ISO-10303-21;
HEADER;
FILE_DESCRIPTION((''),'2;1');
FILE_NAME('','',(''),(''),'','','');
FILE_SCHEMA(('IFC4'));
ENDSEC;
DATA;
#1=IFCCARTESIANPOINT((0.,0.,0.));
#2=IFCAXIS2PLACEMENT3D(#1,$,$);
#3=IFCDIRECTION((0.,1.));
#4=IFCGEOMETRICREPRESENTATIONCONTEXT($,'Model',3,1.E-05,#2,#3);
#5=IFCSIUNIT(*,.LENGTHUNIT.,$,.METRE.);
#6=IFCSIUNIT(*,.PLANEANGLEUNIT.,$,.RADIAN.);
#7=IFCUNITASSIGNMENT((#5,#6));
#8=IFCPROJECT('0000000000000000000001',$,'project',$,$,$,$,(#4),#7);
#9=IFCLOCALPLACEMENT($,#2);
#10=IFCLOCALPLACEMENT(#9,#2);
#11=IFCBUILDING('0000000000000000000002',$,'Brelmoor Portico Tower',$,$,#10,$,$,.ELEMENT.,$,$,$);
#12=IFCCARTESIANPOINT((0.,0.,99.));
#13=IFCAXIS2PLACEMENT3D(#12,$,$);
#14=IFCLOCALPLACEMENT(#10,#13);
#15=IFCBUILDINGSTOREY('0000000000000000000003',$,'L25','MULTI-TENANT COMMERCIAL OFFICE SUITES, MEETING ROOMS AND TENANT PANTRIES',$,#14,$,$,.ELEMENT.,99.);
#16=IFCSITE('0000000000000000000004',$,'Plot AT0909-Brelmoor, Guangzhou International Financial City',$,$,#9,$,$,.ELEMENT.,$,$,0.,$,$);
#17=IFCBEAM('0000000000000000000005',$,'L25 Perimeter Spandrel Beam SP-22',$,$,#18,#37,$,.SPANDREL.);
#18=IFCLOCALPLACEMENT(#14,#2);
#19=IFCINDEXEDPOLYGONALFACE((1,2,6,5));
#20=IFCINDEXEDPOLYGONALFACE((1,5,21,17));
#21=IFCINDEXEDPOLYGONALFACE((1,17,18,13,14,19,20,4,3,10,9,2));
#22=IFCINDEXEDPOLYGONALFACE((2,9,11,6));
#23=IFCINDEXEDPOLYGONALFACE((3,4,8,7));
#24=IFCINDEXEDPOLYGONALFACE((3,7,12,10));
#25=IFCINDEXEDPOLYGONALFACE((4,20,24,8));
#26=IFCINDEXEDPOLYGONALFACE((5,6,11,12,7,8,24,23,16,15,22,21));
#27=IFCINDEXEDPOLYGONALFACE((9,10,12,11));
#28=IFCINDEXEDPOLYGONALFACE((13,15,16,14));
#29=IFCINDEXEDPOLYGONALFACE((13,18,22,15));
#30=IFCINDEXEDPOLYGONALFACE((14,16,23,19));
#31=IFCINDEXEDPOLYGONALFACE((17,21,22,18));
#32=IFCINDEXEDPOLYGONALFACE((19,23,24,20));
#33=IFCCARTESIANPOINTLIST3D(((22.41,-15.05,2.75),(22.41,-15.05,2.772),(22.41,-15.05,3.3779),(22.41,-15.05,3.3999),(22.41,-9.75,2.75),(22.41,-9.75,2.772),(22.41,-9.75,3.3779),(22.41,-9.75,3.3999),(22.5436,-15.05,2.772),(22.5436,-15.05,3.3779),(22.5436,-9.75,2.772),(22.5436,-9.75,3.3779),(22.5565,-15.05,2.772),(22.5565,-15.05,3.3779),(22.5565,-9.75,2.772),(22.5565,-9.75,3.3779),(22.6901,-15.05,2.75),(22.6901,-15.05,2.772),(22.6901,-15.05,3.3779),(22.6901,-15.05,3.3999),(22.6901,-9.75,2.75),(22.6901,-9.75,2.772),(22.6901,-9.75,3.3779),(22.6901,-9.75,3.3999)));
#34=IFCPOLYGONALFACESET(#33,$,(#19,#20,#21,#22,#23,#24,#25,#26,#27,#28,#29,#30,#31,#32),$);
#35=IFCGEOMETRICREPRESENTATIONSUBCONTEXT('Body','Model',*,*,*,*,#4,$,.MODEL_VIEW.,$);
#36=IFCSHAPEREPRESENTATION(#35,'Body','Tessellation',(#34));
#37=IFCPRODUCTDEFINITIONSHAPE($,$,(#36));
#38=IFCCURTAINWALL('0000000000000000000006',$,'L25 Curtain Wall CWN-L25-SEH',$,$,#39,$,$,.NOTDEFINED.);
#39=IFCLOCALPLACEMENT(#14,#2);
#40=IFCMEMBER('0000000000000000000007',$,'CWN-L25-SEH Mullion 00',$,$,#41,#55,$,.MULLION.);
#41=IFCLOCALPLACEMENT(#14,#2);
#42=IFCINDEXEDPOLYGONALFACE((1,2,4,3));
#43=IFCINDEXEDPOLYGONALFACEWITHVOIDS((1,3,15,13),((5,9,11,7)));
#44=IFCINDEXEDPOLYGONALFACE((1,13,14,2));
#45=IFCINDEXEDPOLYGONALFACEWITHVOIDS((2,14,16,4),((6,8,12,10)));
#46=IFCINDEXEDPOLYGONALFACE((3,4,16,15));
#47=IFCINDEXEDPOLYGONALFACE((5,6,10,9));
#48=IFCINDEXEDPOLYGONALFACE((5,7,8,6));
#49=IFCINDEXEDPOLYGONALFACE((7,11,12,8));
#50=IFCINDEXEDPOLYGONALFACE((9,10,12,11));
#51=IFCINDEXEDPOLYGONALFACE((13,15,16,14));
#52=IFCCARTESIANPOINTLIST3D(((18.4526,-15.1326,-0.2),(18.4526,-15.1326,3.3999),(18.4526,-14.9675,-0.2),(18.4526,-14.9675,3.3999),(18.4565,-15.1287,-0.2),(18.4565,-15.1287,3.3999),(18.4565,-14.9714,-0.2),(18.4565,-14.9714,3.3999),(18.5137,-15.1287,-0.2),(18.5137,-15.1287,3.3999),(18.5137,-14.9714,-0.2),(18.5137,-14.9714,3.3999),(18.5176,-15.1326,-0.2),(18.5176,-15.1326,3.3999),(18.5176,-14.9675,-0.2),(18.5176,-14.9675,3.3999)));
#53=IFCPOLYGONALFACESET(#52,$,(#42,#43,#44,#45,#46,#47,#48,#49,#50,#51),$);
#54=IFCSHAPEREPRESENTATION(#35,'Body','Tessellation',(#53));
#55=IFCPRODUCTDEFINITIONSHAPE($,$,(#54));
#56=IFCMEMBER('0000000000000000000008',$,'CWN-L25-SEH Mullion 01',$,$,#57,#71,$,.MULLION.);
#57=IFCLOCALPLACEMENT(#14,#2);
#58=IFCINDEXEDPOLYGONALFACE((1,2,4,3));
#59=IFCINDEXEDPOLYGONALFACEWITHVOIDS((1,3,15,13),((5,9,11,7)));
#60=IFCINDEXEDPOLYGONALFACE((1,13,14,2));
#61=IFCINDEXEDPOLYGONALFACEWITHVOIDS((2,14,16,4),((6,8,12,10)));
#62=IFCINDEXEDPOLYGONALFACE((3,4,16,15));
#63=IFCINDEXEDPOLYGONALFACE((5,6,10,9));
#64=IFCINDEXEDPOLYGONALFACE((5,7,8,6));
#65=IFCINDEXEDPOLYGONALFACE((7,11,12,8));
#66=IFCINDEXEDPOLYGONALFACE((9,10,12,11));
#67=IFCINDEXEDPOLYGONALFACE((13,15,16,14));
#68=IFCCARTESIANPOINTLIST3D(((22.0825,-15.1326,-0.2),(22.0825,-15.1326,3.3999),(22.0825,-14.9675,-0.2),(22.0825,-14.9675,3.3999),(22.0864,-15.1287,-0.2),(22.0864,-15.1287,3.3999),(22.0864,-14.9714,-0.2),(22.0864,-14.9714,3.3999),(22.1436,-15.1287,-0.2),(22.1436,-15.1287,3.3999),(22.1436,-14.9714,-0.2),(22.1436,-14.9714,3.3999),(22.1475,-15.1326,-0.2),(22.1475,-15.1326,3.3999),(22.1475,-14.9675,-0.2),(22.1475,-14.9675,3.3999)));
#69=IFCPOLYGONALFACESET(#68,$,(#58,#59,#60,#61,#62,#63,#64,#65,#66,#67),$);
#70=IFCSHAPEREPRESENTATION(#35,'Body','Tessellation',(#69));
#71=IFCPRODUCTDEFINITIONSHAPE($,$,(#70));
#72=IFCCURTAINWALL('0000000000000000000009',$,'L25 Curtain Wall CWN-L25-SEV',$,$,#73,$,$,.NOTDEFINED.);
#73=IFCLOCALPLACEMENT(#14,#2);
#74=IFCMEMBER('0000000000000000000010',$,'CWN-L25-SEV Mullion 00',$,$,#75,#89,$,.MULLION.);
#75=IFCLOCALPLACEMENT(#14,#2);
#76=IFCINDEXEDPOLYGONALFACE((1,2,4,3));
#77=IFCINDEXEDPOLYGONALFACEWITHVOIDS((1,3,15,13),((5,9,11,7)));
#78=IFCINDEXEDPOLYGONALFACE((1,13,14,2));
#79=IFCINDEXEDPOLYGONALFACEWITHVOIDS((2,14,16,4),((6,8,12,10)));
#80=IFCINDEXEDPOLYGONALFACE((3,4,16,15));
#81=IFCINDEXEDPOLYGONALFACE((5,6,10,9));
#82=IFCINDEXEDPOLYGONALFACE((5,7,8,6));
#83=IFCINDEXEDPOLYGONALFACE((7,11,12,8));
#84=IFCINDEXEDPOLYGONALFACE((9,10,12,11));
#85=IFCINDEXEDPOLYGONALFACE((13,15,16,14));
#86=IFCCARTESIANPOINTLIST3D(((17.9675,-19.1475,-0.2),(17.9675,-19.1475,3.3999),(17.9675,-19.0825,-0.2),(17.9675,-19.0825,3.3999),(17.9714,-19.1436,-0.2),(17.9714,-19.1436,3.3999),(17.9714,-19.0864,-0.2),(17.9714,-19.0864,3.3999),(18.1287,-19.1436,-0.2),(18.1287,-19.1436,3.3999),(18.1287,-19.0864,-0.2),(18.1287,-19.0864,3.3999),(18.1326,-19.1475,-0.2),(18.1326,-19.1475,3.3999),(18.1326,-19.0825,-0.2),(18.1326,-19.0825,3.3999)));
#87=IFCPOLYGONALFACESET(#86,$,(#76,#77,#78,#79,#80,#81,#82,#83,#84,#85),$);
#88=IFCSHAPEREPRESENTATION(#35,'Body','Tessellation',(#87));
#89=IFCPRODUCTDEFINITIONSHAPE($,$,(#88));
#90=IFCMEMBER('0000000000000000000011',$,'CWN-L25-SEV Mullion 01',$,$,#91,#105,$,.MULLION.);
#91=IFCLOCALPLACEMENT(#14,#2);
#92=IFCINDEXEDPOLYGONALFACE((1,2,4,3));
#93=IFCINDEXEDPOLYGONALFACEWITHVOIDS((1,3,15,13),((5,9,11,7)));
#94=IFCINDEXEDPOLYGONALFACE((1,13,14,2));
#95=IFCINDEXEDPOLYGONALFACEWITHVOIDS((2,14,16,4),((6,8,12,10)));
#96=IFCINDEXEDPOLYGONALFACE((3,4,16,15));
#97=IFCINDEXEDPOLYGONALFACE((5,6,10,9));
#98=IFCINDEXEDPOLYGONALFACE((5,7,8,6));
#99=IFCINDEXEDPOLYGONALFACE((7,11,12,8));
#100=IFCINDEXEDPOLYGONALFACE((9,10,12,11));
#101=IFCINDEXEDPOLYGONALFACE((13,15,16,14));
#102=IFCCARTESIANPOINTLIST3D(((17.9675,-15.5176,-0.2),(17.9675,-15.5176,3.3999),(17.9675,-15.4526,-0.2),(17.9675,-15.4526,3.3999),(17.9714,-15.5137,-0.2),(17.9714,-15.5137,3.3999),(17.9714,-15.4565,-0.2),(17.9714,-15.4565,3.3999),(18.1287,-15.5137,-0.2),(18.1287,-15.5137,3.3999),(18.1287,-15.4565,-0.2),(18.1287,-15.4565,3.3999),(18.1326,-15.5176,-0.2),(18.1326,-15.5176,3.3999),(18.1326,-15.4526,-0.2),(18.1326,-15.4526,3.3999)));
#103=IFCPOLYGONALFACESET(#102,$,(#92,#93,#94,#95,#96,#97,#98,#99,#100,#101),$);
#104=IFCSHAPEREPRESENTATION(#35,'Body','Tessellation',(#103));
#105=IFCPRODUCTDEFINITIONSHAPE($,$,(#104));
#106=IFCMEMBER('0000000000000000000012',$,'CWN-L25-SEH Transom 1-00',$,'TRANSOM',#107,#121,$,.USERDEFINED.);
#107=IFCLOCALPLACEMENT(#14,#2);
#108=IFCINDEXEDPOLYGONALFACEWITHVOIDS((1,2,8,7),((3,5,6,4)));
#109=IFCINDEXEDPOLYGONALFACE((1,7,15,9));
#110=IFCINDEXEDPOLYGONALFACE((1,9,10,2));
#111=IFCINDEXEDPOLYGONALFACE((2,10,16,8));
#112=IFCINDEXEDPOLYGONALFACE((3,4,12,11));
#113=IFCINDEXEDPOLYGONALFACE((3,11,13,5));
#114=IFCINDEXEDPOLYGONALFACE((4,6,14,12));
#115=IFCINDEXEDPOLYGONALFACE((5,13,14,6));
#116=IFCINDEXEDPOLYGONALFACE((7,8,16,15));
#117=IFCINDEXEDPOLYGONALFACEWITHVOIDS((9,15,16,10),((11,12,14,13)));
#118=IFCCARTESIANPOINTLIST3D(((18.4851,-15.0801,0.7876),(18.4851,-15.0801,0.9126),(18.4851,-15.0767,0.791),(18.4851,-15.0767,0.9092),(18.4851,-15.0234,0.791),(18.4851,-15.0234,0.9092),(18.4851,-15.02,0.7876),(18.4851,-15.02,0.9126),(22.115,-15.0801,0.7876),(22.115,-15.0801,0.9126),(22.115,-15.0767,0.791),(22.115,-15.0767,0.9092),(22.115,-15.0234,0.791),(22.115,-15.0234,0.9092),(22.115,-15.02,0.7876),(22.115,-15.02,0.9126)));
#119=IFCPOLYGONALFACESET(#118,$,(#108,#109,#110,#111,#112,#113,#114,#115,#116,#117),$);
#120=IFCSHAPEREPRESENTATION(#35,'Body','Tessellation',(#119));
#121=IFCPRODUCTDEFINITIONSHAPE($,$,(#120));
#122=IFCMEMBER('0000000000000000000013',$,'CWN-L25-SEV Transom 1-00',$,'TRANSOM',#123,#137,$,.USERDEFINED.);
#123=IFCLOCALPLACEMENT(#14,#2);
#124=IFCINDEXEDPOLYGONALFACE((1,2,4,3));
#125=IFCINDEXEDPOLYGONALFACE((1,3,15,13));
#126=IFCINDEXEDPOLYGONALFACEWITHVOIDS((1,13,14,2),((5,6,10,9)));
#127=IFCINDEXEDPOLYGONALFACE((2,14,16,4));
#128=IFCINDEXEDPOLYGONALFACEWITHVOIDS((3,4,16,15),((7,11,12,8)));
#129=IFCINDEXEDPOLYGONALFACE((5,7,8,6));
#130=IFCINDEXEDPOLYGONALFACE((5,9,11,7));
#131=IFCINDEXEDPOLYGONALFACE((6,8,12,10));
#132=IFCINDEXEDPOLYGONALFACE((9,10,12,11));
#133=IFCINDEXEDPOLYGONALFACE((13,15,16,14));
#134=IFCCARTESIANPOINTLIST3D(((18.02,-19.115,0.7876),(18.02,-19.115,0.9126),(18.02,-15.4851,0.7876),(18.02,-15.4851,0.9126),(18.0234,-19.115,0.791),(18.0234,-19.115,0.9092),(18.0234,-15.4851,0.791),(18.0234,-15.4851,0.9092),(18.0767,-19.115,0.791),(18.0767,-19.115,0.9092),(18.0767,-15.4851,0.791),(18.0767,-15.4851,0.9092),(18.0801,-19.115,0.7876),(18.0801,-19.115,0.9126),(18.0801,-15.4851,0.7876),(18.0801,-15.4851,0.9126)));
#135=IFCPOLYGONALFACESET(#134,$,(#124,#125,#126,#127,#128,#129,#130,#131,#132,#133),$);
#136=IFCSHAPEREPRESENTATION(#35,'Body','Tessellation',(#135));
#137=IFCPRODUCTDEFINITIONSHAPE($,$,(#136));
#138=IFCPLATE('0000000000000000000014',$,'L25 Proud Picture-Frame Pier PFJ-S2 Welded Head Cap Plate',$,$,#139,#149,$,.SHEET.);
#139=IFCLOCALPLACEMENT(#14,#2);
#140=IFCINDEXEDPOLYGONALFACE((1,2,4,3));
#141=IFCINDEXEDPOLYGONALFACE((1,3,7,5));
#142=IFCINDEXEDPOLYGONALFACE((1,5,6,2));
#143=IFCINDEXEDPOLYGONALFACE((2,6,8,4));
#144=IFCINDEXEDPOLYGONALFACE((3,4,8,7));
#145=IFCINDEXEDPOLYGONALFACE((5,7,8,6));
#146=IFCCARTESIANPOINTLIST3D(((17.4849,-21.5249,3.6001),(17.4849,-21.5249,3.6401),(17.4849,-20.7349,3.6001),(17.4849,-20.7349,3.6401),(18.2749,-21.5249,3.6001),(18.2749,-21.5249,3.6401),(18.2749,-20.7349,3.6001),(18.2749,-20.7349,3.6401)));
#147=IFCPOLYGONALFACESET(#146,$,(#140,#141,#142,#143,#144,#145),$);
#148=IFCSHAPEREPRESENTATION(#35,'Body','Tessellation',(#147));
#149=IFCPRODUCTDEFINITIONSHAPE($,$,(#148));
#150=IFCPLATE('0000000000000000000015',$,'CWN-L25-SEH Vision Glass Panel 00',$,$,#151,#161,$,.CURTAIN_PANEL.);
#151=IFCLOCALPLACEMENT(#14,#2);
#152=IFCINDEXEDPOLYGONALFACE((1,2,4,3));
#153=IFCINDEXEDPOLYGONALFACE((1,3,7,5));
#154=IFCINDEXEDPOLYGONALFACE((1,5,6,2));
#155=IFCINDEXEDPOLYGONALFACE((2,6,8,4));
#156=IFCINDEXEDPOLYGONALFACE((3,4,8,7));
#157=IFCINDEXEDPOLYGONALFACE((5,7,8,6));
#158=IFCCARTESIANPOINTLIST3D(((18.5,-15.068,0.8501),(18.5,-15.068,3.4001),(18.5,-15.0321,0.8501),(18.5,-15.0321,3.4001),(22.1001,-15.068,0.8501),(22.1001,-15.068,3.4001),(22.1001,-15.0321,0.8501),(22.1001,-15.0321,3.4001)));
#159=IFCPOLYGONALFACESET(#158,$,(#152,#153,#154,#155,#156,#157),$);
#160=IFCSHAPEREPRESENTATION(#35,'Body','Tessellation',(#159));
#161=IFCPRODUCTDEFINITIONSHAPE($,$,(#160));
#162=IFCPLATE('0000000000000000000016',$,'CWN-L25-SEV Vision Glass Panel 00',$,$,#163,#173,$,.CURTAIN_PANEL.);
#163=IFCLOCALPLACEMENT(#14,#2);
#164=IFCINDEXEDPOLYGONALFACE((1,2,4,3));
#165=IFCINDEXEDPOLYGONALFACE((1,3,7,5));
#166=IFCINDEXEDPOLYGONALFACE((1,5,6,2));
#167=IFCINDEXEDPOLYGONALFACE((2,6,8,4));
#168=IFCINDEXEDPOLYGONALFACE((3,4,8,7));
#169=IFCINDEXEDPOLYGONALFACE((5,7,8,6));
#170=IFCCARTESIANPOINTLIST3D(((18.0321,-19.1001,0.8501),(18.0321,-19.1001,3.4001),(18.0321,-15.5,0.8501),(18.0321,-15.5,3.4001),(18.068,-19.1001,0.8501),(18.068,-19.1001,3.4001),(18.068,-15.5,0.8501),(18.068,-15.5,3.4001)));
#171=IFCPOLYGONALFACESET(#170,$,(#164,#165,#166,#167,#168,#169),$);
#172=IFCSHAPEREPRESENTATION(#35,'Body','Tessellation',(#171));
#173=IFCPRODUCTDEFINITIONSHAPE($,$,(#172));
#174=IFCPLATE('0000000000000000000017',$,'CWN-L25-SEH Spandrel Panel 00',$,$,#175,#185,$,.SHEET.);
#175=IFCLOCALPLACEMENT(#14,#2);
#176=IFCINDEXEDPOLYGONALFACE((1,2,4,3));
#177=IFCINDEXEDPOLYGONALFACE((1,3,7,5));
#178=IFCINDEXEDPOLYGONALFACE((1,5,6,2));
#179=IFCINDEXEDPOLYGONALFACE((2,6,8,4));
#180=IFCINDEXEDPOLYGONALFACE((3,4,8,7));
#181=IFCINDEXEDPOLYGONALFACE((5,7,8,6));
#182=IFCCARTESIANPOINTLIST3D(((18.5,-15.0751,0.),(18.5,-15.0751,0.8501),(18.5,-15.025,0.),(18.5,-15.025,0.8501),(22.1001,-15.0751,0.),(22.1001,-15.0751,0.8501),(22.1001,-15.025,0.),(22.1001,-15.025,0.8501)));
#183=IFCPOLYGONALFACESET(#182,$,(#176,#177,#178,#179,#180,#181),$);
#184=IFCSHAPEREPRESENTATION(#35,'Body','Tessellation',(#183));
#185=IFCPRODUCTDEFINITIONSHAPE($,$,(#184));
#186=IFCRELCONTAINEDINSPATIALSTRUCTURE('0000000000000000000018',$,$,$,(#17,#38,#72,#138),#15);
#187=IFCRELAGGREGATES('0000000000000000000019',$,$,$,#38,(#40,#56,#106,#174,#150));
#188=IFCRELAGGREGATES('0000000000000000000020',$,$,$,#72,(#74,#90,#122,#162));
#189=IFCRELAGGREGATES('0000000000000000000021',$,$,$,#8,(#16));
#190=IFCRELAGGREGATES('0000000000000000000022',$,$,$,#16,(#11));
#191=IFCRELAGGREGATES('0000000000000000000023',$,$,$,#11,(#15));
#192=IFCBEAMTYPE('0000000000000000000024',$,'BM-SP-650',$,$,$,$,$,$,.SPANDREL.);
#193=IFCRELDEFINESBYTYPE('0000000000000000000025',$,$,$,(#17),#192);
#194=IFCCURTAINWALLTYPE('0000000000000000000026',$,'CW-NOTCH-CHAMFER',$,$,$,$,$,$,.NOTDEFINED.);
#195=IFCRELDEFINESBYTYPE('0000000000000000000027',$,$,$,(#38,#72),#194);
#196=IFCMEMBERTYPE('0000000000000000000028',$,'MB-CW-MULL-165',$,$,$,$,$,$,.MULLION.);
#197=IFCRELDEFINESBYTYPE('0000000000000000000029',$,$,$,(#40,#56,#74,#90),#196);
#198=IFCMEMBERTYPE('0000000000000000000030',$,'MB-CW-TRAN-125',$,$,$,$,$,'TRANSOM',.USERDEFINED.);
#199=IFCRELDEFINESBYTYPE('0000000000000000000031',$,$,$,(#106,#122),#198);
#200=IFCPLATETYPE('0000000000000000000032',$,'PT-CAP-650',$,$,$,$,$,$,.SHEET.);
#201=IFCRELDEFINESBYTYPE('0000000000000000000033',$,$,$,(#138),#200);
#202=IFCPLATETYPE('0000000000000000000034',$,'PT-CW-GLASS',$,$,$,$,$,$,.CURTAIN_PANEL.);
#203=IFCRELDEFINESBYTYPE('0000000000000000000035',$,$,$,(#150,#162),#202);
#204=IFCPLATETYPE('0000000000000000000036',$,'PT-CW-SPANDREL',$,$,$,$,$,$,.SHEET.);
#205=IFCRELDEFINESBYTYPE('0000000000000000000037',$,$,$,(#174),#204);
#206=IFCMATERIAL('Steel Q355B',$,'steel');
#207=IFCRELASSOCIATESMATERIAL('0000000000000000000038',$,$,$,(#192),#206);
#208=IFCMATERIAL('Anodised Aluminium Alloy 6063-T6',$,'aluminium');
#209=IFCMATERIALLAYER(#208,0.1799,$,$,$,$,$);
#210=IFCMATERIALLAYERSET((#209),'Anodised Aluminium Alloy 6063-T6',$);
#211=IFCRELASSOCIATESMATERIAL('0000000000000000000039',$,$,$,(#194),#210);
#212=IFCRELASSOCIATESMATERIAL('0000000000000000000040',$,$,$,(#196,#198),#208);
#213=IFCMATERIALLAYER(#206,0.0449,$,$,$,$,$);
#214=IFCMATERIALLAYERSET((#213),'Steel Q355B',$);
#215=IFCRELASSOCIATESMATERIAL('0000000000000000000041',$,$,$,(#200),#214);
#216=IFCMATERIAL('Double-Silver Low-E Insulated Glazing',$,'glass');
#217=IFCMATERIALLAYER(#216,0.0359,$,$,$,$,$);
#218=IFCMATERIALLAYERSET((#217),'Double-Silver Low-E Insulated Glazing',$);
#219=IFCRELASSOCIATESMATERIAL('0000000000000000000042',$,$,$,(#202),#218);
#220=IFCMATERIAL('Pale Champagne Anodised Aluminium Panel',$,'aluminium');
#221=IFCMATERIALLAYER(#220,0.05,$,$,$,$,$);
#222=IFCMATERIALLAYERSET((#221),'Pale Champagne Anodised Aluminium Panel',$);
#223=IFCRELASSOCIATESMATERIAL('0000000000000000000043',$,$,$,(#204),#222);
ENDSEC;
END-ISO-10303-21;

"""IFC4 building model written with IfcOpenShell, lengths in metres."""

from ifc_helpers import new_model, si_unit, direction, frame, origin, origin_2d, place, context, subcontext, project, spatial, rectangle, hollow_rectangle, i_section, extrude, material, layer, layer_set, material_profile, profile_set, type_object, element, aggregate, save


model = new_model("IFC4")

# Units and contexts
model_context = context("Model", 3, precision=1e-05, world=origin(), true_north=direction((0.0, 1.0)))
body_context = subcontext(model_context, "Body", "Model", "MODEL_VIEW")
ifc_project = project(units=[si_unit("LENGTHUNIT", "METRE"), si_unit("PLANEANGLEUNIT", "RADIAN")], contexts=[model_context])

# Site, building, storey
site_placement = place(None, origin())
site = spatial("IfcSite", under=ifc_project, at=site_placement, Name="Plot AT0909-Brelmoor, Guangzhou International Financial City", CompositionType="ELEMENT", RefElevation=0.0)
building_placement = place(site_placement, origin())
building = spatial("IfcBuilding", under=site, at=building_placement, Name="Brelmoor Portico Tower", CompositionType="ELEMENT")
storey_placement = place(building_placement, frame((0.0, 0.0, 99.0)))
storey = spatial("IfcBuildingStorey", under=building, at=storey_placement, Name="L25", Description="MULTI-TENANT COMMERCIAL OFFICE SUITES, MEETING ROOMS AND TENANT PANTRIES", CompositionType="ELEMENT", Elevation=99.0)

# Shared definitions
ifc_material_1 = material(Name="Steel Q355B", Category="steel")

# Beam
ifc_material_profile_1 = material_profile(ifc_material_1, i_section(OverallWidth=0.28, OverallDepth=0.6499, WebThickness=0.0129, FlangeThickness=0.022, at=origin_2d()), Name="HN 650x280x13x22")
ifc_profile_set_1 = profile_set([ifc_material_profile_1], Name="Steel Q355B")
beam_type_1 = type_object("IfcBeamType", Name="BM-SP-650", PredefinedType="SPANDREL", material=ifc_profile_set_1)
beam_1_placement = place(storey_placement, frame((22.55, -15.05, 3.075), z_axis=(0.0, 1.0, 0.0), x_axis=(-1.0, 0.0, 0.0)))
element("IfcBeam", 1, at=beam_1_placement, inside=storey, type_object=beam_type_1, Name="L25 Perimeter Spandrel Beam SP-22", PredefinedType="SPANDREL", context=body_context, shape_type="SweptSolid", body=[
    extrude(i_section(OverallWidth=0.28, OverallDepth=0.6499, WebThickness=0.0129, FlangeThickness=0.022, at=origin_2d()), origin(), (0.0, 0.0, 1.0), 5.3),
])

# Curtain walls, members
ifc_material_2 = material(Name="Anodised Aluminium Alloy 6063-T6", Category="aluminium")
ifc_layer_1 = layer(ifc_material_2, 0.1799)
ifc_layer_set_1 = layer_set([ifc_layer_1], Name="Anodised Aluminium Alloy 6063-T6")
curtain_wall_type = type_object("IfcCurtainWallType", Name="CW-NOTCH-CHAMFER", PredefinedType="NOTDEFINED", material=ifc_layer_set_1)
curtain_wall_1_placement = place(storey_placement, origin())
curtain_wall_1 = element("IfcCurtainWall", 2, at=curtain_wall_1_placement, inside=storey, type_object=curtain_wall_type, Name="L25 Curtain Wall CWN-L25-SEH", PredefinedType="NOTDEFINED")
ifc_material_profile_2 = material_profile(ifc_material_2, hollow_rectangle(XDim=0.0649, YDim=0.165, WallThickness=0.0039, at=origin_2d()), Name="ALU MULLION 65x165")
ifc_profile_set_2 = profile_set([ifc_material_profile_2], Name="Anodised Aluminium Alloy 6063-T6")
member_type_1 = type_object("IfcMemberType", Name="MB-CW-MULL-165", PredefinedType="MULLION", material=ifc_profile_set_2)
member_1_placement = place(storey_placement, frame((18.4851, -15.05, -0.2), z_axis=(0.0, 0.0, 1.0), x_axis=(1.0, 0.0, 0.0)))
member_1 = element("IfcMember", 3, at=member_1_placement, type_object=member_type_1, Name="CWN-L25-SEH Mullion 00", PredefinedType="MULLION", context=body_context, shape_type="SweptSolid", body=[
    extrude(hollow_rectangle(XDim=0.0649, YDim=0.165, WallThickness=0.0039, at=origin_2d()), origin(), (0.0, 0.0, 1.0), 3.5999),
])
member_2_placement = place(storey_placement, frame((22.115, -15.05, -0.2), z_axis=(0.0, 0.0, 1.0), x_axis=(1.0, 0.0, 0.0)))
member_2 = element("IfcMember", 4, at=member_2_placement, type_object=member_type_1, Name="CWN-L25-SEH Mullion 01", PredefinedType="MULLION", context=body_context, shape_type="SweptSolid", body=[
    extrude(hollow_rectangle(XDim=0.0649, YDim=0.165, WallThickness=0.0039, at=origin_2d()), origin(), (0.0, 0.0, 1.0), 3.5999),
])
curtain_wall_2_placement = place(storey_placement, origin())
curtain_wall_2 = element("IfcCurtainWall", 5, at=curtain_wall_2_placement, inside=storey, type_object=curtain_wall_type, Name="L25 Curtain Wall CWN-L25-SEV", PredefinedType="NOTDEFINED")
member_3_placement = place(storey_placement, frame((18.05, -19.115, -0.2), z_axis=(0.0, 0.0, 1.0), x_axis=(0.0, 1.0, 0.0)))
member_3 = element("IfcMember", 6, at=member_3_placement, type_object=member_type_1, Name="CWN-L25-SEV Mullion 00", PredefinedType="MULLION", context=body_context, shape_type="SweptSolid", body=[
    extrude(hollow_rectangle(XDim=0.0649, YDim=0.165, WallThickness=0.0039, at=origin_2d()), origin(), (0.0, 0.0, 1.0), 3.5999),
])
member_4_placement = place(storey_placement, frame((18.05, -15.4851, -0.2), z_axis=(0.0, 0.0, 1.0), x_axis=(0.0, 1.0, 0.0)))
member_4 = element("IfcMember", 7, at=member_4_placement, type_object=member_type_1, Name="CWN-L25-SEV Mullion 01", PredefinedType="MULLION", context=body_context, shape_type="SweptSolid", body=[
    extrude(hollow_rectangle(XDim=0.0649, YDim=0.165, WallThickness=0.0039, at=origin_2d()), origin(), (0.0, 0.0, 1.0), 3.5999),
])

# Members
ifc_material_profile_3 = material_profile(ifc_material_2, hollow_rectangle(XDim=0.0601, YDim=0.125, WallThickness=0.0034, at=origin_2d()), Name="ALU TRANSOM 60x125")
ifc_profile_set_3 = profile_set([ifc_material_profile_3], Name="Anodised Aluminium Alloy 6063-T6")
member_type_2 = type_object("IfcMemberType", Name="MB-CW-TRAN-125", ElementType="TRANSOM", PredefinedType="USERDEFINED", material=ifc_profile_set_3)
member_5_placement = place(storey_placement, frame((18.4851, -15.05, 0.8501), z_axis=(1.0, 0.0, 0.0), x_axis=(0.0, 1.0, 0.0)))
member_5 = element("IfcMember", 8, at=member_5_placement, type_object=member_type_2, Name="CWN-L25-SEH Transom 1-00", ObjectType="TRANSOM", PredefinedType="USERDEFINED", context=body_context, shape_type="SweptSolid", body=[
    extrude(hollow_rectangle(XDim=0.0601, YDim=0.125, WallThickness=0.0034, at=origin_2d()), origin(), (0.0, 0.0, 1.0), 3.6299),
])
member_6_placement = place(storey_placement, frame((18.05, -19.115, 0.8501), z_axis=(0.0, 1.0, 0.0), x_axis=(-1.0, 0.0, 0.0)))
member_6 = element("IfcMember", 9, at=member_6_placement, type_object=member_type_2, Name="CWN-L25-SEV Transom 1-00", ObjectType="TRANSOM", PredefinedType="USERDEFINED", context=body_context, shape_type="SweptSolid", body=[
    extrude(hollow_rectangle(XDim=0.0601, YDim=0.125, WallThickness=0.0034, at=origin_2d()), origin(), (0.0, 0.0, 1.0), 3.6299),
])

# Plates
ifc_layer_2 = layer(ifc_material_1, 0.0449)
ifc_layer_set_2 = layer_set([ifc_layer_2], Name="Steel Q355B")
plate_type_1 = type_object("IfcPlateType", Name="PT-CAP-650", PredefinedType="SHEET", material=ifc_layer_set_2)
plate_1_placement = place(storey_placement, frame((17.8799, -21.1299, 3.6001), z_axis=(0.0, 0.0, 1.0), x_axis=(1.0, 0.0, 0.0)))
element("IfcPlate", 10, at=plate_1_placement, inside=storey, type_object=plate_type_1, Name="L25 Proud Picture-Frame Pier PFJ-S2 Welded Head Cap Plate", PredefinedType="SHEET", context=body_context, shape_type="SweptSolid", body=[
    extrude(rectangle(XDim=0.79, YDim=0.79, at=origin_2d()), origin(), (0.0, 0.0, 1.0), 0.04),
])
ifc_material_3 = material(Name="Double-Silver Low-E Insulated Glazing", Category="glass")
ifc_layer_3 = layer(ifc_material_3, 0.0359)
ifc_layer_set_3 = layer_set([ifc_layer_3], Name="Double-Silver Low-E Insulated Glazing")
plate_type_2 = type_object("IfcPlateType", Name="PT-CW-GLASS", PredefinedType="CURTAIN_PANEL", material=ifc_layer_set_3)
plate_2_placement = place(storey_placement, frame((20.3, -15.05, 0.8501), z_axis=(0.0, 0.0, 1.0), x_axis=(1.0, 0.0, 0.0)))
plate_2 = element("IfcPlate", 11, at=plate_2_placement, type_object=plate_type_2, Name="CWN-L25-SEH Vision Glass Panel 00", PredefinedType="CURTAIN_PANEL", context=body_context, shape_type="SweptSolid", body=[
    extrude(rectangle(XDim=3.6001, YDim=0.0359, at=origin_2d()), origin(), (0.0, 0.0, 1.0), 2.55),
])
plate_3_placement = place(storey_placement, frame((18.05, -17.3, 0.8501), z_axis=(0.0, 0.0, 1.0), x_axis=(0.0, 1.0, 0.0)))
plate_3 = element("IfcPlate", 12, at=plate_3_placement, type_object=plate_type_2, Name="CWN-L25-SEV Vision Glass Panel 00", PredefinedType="CURTAIN_PANEL", context=body_context, shape_type="SweptSolid", body=[
    extrude(rectangle(XDim=3.6001, YDim=0.0359, at=origin_2d()), origin(), (0.0, 0.0, 1.0), 2.55),
])
ifc_material_4 = material(Name="Pale Champagne Anodised Aluminium Panel", Category="aluminium")
ifc_layer_4 = layer(ifc_material_4, 0.05)
ifc_layer_set_4 = layer_set([ifc_layer_4], Name="Pale Champagne Anodised Aluminium Panel")
plate_type_3 = type_object("IfcPlateType", Name="PT-CW-SPANDREL", PredefinedType="SHEET", material=ifc_layer_set_4)
plate_4_placement = place(storey_placement, frame((20.3, -15.05, 0.0), z_axis=(0.0, 0.0, 1.0), x_axis=(1.0, 0.0, 0.0)))
plate_4 = element("IfcPlate", 13, at=plate_4_placement, type_object=plate_type_3, Name="CWN-L25-SEH Spandrel Panel 00", PredefinedType="SHEET", context=body_context, shape_type="SweptSolid", body=[
    extrude(rectangle(XDim=3.6001, YDim=0.05, at=origin_2d()), origin(), (0.0, 0.0, 1.0), 0.8501),
])
aggregate(curtain_wall_1, [member_1, member_2, member_5, plate_4, plate_2])
aggregate(curtain_wall_2, [member_3, member_4, member_6, plate_3])

save(model, "model.ifc")
